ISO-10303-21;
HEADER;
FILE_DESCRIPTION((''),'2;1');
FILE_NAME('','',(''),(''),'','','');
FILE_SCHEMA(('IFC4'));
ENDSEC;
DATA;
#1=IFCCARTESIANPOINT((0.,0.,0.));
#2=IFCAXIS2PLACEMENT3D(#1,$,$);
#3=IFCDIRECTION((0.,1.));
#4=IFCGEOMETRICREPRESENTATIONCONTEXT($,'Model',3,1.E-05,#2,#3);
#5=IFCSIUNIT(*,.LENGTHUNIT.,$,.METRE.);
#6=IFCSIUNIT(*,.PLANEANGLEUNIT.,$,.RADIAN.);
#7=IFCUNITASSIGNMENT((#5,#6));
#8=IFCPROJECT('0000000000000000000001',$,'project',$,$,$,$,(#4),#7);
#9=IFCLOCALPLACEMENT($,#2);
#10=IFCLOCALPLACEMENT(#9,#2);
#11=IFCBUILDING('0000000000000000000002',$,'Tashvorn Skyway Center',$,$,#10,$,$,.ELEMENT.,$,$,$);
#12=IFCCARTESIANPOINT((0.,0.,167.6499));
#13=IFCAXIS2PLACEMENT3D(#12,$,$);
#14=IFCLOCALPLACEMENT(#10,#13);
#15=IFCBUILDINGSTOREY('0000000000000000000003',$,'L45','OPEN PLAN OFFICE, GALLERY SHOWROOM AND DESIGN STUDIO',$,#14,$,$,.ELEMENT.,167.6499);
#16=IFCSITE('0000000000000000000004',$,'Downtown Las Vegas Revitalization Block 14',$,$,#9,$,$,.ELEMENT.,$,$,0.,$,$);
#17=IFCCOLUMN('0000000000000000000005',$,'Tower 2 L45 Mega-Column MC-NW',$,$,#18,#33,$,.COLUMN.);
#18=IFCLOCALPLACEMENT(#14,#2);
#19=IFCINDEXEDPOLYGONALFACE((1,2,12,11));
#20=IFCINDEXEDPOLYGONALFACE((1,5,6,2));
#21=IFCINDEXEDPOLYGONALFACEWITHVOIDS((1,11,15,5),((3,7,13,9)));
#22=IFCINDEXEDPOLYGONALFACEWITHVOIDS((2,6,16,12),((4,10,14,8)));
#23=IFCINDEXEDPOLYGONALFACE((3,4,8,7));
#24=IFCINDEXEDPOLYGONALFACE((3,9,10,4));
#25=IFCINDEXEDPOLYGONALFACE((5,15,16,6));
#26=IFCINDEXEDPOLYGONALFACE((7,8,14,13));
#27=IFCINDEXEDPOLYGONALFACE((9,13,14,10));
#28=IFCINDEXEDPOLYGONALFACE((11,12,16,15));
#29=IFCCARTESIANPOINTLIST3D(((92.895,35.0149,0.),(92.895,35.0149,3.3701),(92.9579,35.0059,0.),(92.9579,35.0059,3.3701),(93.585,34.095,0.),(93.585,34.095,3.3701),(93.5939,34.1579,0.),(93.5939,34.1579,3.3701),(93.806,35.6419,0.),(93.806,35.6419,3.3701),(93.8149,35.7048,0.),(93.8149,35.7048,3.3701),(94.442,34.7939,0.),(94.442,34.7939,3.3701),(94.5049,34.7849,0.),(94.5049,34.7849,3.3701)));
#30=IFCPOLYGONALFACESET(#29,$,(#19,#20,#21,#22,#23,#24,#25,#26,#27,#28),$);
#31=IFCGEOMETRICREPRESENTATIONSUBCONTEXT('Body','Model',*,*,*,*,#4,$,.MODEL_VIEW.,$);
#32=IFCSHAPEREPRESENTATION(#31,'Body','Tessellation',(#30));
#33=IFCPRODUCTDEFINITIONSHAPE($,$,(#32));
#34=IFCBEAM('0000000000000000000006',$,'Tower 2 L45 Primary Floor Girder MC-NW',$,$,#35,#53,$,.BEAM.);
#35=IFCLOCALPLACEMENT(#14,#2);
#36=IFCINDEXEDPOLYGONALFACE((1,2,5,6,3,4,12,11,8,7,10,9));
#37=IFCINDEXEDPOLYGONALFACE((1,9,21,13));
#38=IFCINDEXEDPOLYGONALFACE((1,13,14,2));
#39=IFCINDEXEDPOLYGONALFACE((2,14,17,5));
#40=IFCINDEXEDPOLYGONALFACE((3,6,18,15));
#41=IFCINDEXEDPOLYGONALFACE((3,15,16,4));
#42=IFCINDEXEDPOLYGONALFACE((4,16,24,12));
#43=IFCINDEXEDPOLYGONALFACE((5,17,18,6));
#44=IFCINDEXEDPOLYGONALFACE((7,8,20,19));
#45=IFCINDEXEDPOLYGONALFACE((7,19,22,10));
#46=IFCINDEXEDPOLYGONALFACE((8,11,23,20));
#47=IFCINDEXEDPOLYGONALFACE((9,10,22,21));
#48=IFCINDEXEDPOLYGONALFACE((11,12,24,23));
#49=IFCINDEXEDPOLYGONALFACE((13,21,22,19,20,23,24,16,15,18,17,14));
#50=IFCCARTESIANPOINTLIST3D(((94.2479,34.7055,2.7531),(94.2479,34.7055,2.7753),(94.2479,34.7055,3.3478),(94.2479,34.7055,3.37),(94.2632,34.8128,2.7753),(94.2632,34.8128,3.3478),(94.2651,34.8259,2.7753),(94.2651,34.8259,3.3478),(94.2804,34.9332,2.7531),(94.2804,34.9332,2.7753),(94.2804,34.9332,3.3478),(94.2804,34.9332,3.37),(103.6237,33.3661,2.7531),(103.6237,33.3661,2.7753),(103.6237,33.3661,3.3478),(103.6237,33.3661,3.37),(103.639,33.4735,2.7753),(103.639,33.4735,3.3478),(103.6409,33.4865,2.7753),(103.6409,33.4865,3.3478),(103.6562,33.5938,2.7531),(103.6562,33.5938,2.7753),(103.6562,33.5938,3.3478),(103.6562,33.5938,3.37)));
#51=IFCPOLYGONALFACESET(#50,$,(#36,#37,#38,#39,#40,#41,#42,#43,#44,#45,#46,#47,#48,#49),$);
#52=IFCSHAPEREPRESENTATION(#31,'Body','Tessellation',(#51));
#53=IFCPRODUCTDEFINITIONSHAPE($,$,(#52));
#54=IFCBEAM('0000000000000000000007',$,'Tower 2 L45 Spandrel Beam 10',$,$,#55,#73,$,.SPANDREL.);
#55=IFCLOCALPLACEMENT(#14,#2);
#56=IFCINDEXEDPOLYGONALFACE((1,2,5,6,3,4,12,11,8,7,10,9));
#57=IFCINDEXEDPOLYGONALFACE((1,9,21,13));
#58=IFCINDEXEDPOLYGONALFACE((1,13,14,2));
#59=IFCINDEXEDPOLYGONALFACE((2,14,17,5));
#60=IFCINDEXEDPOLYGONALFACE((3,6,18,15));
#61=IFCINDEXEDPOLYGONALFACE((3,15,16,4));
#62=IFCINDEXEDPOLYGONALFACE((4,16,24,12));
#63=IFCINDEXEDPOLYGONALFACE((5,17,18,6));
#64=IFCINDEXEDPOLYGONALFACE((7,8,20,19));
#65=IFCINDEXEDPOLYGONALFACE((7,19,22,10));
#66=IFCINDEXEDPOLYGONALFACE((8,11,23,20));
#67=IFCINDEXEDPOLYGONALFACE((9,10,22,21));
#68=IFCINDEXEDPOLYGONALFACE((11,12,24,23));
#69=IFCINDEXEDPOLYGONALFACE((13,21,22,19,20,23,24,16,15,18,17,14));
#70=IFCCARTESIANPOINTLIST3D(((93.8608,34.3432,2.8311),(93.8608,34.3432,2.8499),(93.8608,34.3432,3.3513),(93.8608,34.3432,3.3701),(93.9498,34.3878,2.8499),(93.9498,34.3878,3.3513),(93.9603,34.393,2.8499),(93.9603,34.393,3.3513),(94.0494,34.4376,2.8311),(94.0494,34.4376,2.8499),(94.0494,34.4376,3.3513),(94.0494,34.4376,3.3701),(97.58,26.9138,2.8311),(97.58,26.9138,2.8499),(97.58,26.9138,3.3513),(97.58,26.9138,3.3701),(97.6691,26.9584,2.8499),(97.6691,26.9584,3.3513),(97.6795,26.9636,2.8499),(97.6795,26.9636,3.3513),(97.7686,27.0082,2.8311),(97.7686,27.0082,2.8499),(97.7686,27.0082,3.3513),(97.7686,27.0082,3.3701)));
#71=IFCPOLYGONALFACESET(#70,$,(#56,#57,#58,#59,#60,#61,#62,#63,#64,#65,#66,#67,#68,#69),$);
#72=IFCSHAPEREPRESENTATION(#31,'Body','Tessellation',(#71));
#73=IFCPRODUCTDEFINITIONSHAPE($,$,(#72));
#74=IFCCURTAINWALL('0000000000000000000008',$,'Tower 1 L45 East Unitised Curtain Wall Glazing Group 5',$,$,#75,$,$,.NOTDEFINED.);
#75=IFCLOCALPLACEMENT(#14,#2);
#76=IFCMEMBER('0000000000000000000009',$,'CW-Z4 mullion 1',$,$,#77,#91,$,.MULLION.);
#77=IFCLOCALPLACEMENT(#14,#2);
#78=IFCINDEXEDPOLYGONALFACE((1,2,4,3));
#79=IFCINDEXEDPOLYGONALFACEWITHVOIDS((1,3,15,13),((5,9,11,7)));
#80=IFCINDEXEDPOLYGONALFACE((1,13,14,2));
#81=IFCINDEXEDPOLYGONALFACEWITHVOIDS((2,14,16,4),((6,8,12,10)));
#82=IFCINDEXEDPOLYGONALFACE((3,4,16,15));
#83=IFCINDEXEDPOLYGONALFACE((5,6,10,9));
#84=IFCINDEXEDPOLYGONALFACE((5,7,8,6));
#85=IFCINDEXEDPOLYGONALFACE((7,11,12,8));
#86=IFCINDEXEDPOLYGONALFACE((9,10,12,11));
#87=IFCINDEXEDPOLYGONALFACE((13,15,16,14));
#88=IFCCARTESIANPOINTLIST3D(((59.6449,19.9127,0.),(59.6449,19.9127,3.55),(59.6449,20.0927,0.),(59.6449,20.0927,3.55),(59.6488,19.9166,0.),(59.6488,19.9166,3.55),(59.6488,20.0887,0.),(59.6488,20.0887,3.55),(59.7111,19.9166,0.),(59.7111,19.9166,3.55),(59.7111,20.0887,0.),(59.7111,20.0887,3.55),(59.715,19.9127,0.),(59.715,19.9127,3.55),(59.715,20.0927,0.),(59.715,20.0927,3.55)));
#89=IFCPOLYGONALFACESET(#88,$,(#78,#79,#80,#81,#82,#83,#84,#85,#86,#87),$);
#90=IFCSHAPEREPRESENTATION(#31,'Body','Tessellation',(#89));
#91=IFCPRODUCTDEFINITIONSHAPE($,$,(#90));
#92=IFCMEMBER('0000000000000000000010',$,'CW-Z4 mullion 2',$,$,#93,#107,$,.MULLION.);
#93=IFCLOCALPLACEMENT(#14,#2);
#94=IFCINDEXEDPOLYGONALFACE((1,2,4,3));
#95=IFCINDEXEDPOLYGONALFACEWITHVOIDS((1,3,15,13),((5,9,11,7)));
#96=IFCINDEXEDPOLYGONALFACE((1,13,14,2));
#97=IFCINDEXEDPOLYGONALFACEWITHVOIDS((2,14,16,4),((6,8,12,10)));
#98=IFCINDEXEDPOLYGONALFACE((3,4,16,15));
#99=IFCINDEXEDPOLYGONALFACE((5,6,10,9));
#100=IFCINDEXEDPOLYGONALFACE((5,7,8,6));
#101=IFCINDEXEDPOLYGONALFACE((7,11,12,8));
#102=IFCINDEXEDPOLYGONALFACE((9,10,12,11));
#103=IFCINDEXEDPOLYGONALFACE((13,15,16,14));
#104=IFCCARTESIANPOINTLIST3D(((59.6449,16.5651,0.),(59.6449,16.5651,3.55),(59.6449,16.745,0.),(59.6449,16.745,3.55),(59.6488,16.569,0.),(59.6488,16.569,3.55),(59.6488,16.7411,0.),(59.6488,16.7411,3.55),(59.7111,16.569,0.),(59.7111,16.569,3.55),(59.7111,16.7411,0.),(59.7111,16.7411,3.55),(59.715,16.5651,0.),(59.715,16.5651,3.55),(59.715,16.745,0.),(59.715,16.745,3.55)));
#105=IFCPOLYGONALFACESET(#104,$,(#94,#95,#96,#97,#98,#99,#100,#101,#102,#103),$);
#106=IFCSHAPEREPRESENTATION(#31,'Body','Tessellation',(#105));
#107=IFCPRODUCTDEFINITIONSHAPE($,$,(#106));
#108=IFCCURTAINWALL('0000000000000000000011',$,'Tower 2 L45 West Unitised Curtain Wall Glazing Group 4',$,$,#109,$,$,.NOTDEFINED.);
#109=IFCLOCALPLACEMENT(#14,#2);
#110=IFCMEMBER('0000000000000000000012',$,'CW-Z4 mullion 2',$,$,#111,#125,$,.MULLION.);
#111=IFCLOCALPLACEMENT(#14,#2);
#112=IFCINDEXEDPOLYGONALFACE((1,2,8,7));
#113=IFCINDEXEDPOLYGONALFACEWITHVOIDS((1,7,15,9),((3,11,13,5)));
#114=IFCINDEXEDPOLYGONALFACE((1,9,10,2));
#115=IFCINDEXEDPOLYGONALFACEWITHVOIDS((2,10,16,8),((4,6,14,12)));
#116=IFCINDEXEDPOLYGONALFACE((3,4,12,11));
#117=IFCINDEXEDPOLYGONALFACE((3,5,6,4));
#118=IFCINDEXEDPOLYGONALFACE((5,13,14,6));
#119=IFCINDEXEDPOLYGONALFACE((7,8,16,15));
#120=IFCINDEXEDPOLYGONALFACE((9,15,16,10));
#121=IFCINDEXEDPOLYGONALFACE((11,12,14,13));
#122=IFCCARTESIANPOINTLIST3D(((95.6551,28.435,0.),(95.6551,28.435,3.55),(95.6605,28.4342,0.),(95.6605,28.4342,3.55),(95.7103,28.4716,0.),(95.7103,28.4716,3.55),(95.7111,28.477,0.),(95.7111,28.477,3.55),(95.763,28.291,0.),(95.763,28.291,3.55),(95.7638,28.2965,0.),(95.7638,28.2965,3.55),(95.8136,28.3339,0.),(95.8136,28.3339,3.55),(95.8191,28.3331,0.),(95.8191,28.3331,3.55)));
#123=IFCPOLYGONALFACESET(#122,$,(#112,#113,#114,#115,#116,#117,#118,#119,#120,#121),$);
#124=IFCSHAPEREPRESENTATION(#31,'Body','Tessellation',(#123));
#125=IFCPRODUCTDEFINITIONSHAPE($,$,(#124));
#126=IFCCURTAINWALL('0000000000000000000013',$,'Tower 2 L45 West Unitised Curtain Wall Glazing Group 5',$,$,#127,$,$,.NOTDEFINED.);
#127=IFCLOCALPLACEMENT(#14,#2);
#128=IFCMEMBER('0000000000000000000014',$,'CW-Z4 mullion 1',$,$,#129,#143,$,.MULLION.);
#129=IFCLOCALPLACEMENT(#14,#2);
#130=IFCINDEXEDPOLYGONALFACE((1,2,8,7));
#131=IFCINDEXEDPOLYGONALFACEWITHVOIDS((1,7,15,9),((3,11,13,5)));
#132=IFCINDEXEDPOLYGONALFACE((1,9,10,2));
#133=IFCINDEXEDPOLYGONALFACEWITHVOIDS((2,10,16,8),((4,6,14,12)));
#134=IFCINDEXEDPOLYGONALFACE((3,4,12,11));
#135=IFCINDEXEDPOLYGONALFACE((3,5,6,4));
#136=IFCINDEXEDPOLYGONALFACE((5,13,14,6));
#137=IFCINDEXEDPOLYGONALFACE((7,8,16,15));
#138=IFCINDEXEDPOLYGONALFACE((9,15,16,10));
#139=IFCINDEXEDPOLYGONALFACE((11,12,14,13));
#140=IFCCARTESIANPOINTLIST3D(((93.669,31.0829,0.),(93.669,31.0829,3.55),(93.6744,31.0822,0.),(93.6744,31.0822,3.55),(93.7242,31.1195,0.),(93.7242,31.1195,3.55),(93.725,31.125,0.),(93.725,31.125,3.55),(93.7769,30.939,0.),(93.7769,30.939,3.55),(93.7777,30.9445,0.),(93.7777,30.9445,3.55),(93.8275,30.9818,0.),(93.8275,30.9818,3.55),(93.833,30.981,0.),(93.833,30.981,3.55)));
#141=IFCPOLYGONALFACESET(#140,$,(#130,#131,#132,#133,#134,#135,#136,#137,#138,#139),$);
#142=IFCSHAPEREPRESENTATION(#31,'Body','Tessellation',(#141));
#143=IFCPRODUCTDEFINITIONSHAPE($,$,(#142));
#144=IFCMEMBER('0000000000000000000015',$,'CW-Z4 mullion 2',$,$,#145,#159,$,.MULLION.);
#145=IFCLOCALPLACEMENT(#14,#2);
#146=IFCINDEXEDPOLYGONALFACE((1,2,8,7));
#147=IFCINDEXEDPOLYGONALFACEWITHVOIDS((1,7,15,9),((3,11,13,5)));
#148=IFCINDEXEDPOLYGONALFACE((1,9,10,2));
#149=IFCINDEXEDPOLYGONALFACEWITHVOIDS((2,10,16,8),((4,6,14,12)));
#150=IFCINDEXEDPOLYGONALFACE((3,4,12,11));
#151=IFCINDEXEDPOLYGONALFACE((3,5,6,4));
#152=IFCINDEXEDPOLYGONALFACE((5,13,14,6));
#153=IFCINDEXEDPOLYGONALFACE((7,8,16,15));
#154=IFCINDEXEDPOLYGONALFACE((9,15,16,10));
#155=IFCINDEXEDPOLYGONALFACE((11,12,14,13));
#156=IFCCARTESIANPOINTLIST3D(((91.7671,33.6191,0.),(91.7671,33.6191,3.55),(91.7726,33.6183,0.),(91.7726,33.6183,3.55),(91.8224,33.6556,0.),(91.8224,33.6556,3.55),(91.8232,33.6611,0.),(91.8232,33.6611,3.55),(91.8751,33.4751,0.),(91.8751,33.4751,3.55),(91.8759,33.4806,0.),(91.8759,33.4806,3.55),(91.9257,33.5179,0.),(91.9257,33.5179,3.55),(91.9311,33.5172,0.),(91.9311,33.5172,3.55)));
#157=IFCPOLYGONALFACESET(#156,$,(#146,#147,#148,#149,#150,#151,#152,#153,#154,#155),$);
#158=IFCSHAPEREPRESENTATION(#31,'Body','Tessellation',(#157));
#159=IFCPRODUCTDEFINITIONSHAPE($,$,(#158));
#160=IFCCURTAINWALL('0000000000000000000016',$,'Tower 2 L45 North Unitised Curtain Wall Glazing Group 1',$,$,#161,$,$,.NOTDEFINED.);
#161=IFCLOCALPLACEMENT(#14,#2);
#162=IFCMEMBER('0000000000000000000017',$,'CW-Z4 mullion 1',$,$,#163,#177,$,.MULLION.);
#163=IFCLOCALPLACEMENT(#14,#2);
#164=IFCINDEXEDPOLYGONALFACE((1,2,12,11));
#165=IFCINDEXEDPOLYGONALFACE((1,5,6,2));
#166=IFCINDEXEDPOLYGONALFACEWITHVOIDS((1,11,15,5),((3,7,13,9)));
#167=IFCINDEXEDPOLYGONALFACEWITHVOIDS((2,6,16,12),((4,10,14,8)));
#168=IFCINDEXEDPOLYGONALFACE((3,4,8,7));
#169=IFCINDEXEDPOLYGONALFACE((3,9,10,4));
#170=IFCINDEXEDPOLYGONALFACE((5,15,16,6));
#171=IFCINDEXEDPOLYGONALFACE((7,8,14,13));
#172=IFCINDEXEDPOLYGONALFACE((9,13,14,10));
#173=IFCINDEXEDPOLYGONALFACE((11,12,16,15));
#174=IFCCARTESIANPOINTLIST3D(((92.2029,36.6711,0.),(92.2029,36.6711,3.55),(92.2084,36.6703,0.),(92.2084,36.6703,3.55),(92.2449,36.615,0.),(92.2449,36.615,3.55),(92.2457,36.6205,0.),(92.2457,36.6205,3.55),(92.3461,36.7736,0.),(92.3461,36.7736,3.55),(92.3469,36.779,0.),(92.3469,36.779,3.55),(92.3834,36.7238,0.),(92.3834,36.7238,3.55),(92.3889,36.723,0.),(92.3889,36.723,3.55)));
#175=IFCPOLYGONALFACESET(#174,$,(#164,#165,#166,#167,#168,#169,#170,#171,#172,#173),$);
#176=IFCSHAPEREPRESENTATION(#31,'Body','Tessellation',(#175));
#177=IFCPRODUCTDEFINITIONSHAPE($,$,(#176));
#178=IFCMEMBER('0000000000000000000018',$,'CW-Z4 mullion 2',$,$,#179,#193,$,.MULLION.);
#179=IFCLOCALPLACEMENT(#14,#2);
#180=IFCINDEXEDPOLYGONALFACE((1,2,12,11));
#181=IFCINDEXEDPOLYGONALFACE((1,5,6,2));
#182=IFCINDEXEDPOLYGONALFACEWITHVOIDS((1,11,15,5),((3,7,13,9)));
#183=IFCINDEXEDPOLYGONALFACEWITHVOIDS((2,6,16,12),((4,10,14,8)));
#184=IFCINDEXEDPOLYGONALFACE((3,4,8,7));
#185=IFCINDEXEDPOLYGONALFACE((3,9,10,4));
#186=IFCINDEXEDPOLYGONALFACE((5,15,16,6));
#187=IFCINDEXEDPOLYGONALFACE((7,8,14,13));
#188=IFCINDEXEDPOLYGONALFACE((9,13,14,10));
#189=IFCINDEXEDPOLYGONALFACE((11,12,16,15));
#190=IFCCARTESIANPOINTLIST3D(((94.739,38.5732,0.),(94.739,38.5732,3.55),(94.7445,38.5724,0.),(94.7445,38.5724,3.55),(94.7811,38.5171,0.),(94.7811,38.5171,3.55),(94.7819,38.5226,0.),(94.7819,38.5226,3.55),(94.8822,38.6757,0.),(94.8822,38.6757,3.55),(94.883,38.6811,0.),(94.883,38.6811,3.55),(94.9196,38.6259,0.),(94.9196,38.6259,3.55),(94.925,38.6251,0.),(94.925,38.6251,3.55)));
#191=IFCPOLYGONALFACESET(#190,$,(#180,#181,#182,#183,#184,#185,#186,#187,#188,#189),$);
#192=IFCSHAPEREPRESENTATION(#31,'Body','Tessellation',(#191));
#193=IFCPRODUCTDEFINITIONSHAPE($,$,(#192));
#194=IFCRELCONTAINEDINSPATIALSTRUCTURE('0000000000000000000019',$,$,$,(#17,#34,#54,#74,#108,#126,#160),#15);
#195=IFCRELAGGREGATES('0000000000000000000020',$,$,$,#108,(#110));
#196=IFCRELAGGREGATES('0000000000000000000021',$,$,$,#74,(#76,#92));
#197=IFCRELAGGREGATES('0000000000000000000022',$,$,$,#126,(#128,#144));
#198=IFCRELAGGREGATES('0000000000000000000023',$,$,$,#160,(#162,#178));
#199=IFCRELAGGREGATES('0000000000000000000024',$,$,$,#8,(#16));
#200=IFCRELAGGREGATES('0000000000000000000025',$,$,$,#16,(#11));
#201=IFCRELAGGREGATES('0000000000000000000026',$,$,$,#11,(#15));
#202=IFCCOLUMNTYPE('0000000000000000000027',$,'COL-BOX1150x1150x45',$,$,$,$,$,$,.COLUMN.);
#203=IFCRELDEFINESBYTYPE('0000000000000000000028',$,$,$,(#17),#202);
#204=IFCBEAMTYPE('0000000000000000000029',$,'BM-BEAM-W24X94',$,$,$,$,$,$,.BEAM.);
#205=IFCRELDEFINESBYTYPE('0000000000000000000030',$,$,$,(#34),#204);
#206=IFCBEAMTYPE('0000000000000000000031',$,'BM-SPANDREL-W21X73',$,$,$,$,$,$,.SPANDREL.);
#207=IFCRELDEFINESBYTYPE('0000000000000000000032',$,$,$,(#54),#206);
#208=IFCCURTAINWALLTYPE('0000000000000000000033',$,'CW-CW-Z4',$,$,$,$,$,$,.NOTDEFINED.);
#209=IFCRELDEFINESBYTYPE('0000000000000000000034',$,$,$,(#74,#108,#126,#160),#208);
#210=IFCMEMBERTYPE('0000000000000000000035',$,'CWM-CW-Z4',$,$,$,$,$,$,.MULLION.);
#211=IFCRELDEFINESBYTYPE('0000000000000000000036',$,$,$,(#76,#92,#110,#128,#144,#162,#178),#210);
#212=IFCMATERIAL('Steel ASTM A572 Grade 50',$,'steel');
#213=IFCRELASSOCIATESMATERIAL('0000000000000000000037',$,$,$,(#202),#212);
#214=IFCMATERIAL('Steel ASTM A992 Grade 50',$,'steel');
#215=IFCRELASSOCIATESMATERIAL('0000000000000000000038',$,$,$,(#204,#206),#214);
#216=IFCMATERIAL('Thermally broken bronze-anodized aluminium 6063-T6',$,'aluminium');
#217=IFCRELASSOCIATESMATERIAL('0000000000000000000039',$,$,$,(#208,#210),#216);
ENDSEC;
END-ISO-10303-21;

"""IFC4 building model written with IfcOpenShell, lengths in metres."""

from ifc_helpers import new_model, si_unit, direction, frame, origin, origin_2d, place, context, subcontext, project, spatial, hollow_rectangle, i_section, extrude, material, material_profile, profile_set, type_object, element, aggregate, save


model = new_model("IFC4")

# Units and contexts
model_context = context("Model", 3, precision=1e-05, world=origin(), true_north=direction((0.0, 1.0)))
body_context = subcontext(model_context, "Body", "Model", "MODEL_VIEW")
ifc_project = project(units=[si_unit("LENGTHUNIT", "METRE"), si_unit("PLANEANGLEUNIT", "RADIAN")], contexts=[model_context])

# Site, building, storey
site_placement = place(None, origin())
site = spatial("IfcSite", under=ifc_project, at=site_placement, Name="Downtown Las Vegas Revitalization Block 14", CompositionType="ELEMENT", RefElevation=0.0)
building_placement = place(site_placement, origin())
building = spatial("IfcBuilding", under=site, at=building_placement, Name="Tashvorn Skyway Center", CompositionType="ELEMENT")
storey_placement = place(building_placement, frame((0.0, 0.0, 167.6499)))
storey = spatial("IfcBuildingStorey", under=building, at=storey_placement, Name="L45", Description="OPEN PLAN OFFICE, GALLERY SHOWROOM AND DESIGN STUDIO", CompositionType="ELEMENT", Elevation=167.6499)

# Column
ifc_material_1 = material(Name="Steel ASTM A572 Grade 50", Category="steel")
ifc_material_profile_1 = material_profile(ifc_material_1, hollow_rectangle(XDim=1.1499, YDim=1.1499, WallThickness=0.0449, at=origin_2d()), Name="BOX1150x1150x45")
ifc_profile_set_1 = profile_set([ifc_material_profile_1], Name="Steel ASTM A572 Grade 50")
column_type = type_object("IfcColumnType", Name="COL-BOX1150x1150x45", PredefinedType="COLUMN", material=ifc_profile_set_1)
column_placement = place(storey_placement, frame((93.7, 34.8999, 0.0), z_axis=(0.0, 0.0, 1.0), x_axis=(0.8, 0.6, 0.0)))
element("IfcColumn", 1, at=column_placement, inside=storey, type_object=column_type, Name="Tower 2 L45 Mega-Column MC-NW", PredefinedType="COLUMN", context=body_context, shape_type="SweptSolid", body=[
    extrude(hollow_rectangle(XDim=1.1499, YDim=1.1499, WallThickness=0.0449, at=origin_2d()), origin(), (0.0, 0.0, 1.0), 3.3701),
])

# Beams
ifc_material_2 = material(Name="Steel ASTM A992 Grade 50", Category="steel")
ifc_material_profile_2 = material_profile(ifc_material_2, i_section(OverallWidth=0.23, OverallDepth=0.6169, WebThickness=0.0132, FlangeThickness=0.0222, at=origin_2d()), Name="W24X94")
ifc_profile_set_2 = profile_set([ifc_material_profile_2], Name="Steel ASTM A992 Grade 50")
beam_type_1 = type_object("IfcBeamType", Name="BM-BEAM-W24X94", PredefinedType="BEAM", material=ifc_profile_set_2)
beam_1_placement = place(storey_placement, frame((94.2642, 34.8193, 3.0615), z_axis=(0.98995, -0.141418, 0.0), x_axis=(0.141418, 0.98995, 0.0)))
element("IfcBeam", 2, at=beam_1_placement, inside=storey, type_object=beam_type_1, Name="Tower 2 L45 Primary Floor Girder MC-NW", PredefinedType="BEAM", context=body_context, shape_type="SweptSolid", body=[
    extrude(i_section(OverallWidth=0.23, OverallDepth=0.6169, WebThickness=0.0132, FlangeThickness=0.0222, at=origin_2d()), origin(), (0.0, 0.0, 1.0), 9.4709),
])
ifc_material_profile_3 = material_profile(ifc_material_2, i_section(OverallWidth=0.2109, OverallDepth=0.5391, WebThickness=0.0117, FlangeThickness=0.0188, at=origin_2d()), Name="W21X73")
ifc_profile_set_3 = profile_set([ifc_material_profile_3], Name="Steel ASTM A992 Grade 50")
beam_type_2 = type_object("IfcBeamType", Name="BM-SPANDREL-W21X73", PredefinedType="SPANDREL", material=ifc_profile_set_3)
beam_2_placement = place(storey_placement, frame((93.9551, 34.3904, 3.1006), z_axis=(0.447648, -0.89421, 0.0), x_axis=(0.89421, 0.447648, 0.0)))
element("IfcBeam", 3, at=beam_2_placement, inside=storey, type_object=beam_type_2, Name="Tower 2 L45 Spandrel Beam 10", PredefinedType="SPANDREL", context=body_context, shape_type="SweptSolid", body=[
    extrude(i_section(OverallWidth=0.2109, OverallDepth=0.5391, WebThickness=0.0117, FlangeThickness=0.0188, at=origin_2d()), origin(), (0.0, 0.0, 1.0), 8.3083),
])

# Curtain wall, members
ifc_material_3 = material(Name="Thermally broken bronze-anodized aluminium 6063-T6", Category="aluminium")
curtain_wall_type = type_object("IfcCurtainWallType", Name="CW-CW-Z4", PredefinedType="NOTDEFINED", material=ifc_material_3)
curtain_wall_1_placement = place(storey_placement, origin())
curtain_wall_1 = element("IfcCurtainWall", 4, at=curtain_wall_1_placement, inside=storey, type_object=curtain_wall_type, Name="Tower 1 L45 East Unitised Curtain Wall Glazing Group 5", PredefinedType="NOTDEFINED")
ifc_material_profile_4 = material_profile(ifc_material_3, hollow_rectangle(XDim=0.0701, YDim=0.1799, WallThickness=0.0039, at=origin_2d()), Name="ALU-MULL-70x180")
ifc_profile_set_4 = profile_set([ifc_material_profile_4], Name="Thermally broken bronze-anodized aluminium 6063-T6")
member_type_1 = type_object("IfcMemberType", Name="CWM-CW-Z4", PredefinedType="MULLION", material=ifc_profile_set_4)
member_1_placement = place(storey_placement, frame((59.6799, 20.0027, 0.0), z_axis=(0.0, 0.0, 1.0), x_axis=(1.0, 0.0, 0.0)))
member_1 = element("IfcMember", 5, at=member_1_placement, type_object=member_type_1, Name="CW-Z4 mullion 1", PredefinedType="MULLION", context=body_context, shape_type="SweptSolid", body=[
    extrude(hollow_rectangle(XDim=0.0701, YDim=0.1799, WallThickness=0.0039, at=origin_2d()), origin(), (0.0, 0.0, 1.0), 3.55),
])
member_2_placement = place(storey_placement, frame((59.6799, 16.655, 0.0), z_axis=(0.0, 0.0, 1.0), x_axis=(1.0, 0.0, 0.0)))
member_2 = element("IfcMember", 6, at=member_2_placement, type_object=member_type_1, Name="CW-Z4 mullion 2", PredefinedType="MULLION", context=body_context, shape_type="SweptSolid", body=[
    extrude(hollow_rectangle(XDim=0.0701, YDim=0.1799, WallThickness=0.0039, at=origin_2d()), origin(), (0.0, 0.0, 1.0), 3.55),
])

# Curtain wall, member
curtain_wall_2_placement = place(storey_placement, origin())
curtain_wall_2 = element("IfcCurtainWall", 7, at=curtain_wall_2_placement, inside=storey, type_object=curtain_wall_type, Name="Tower 2 L45 West Unitised Curtain Wall Glazing Group 4", PredefinedType="NOTDEFINED")
member_3_placement = place(storey_placement, frame((95.7371, 28.384, 0.0), z_axis=(0.0, 0.0, 1.0), x_axis=(-0.8, -0.6, 0.0)))
member_3 = element("IfcMember", 8, at=member_3_placement, type_object=member_type_1, Name="CW-Z4 mullion 2", PredefinedType="MULLION", context=body_context, shape_type="SweptSolid", body=[
    extrude(hollow_rectangle(XDim=0.0701, YDim=0.1799, WallThickness=0.0039, at=origin_2d()), origin(), (0.0, 0.0, 1.0), 3.55),
])
aggregate(curtain_wall_2, [member_3])

# Curtain walls, members
curtain_wall_3_placement = place(storey_placement, origin())
curtain_wall_3 = element("IfcCurtainWall", 9, at=curtain_wall_3_placement, inside=storey, type_object=curtain_wall_type, Name="Tower 2 L45 West Unitised Curtain Wall Glazing Group 5", PredefinedType="NOTDEFINED")
member_4_placement = place(storey_placement, frame((93.751, 31.032, 0.0), z_axis=(0.0, 0.0, 1.0), x_axis=(-0.8, -0.6, 0.0)))
member_4 = element("IfcMember", 10, at=member_4_placement, type_object=member_type_1, Name="CW-Z4 mullion 1", PredefinedType="MULLION", context=body_context, shape_type="SweptSolid", body=[
    extrude(hollow_rectangle(XDim=0.0701, YDim=0.1799, WallThickness=0.0039, at=origin_2d()), origin(), (0.0, 0.0, 1.0), 3.55),
])
member_5_placement = place(storey_placement, frame((91.8491, 33.5681, 0.0), z_axis=(0.0, 0.0, 1.0), x_axis=(-0.8, -0.6, 0.0)))
member_5 = element("IfcMember", 11, at=member_5_placement, type_object=member_type_1, Name="CW-Z4 mullion 2", PredefinedType="MULLION", context=body_context, shape_type="SweptSolid", body=[
    extrude(hollow_rectangle(XDim=0.0701, YDim=0.1799, WallThickness=0.0039, at=origin_2d()), origin(), (0.0, 0.0, 1.0), 3.55),
])
curtain_wall_4_placement = place(storey_placement, origin())
curtain_wall_4 = element("IfcCurtainWall", 12, at=curtain_wall_4_placement, inside=storey, type_object=curtain_wall_type, Name="Tower 2 L45 North Unitised Curtain Wall Glazing Group 1", PredefinedType="NOTDEFINED")
member_6_placement = place(storey_placement, frame((92.2959, 36.697, 0.0), z_axis=(0.0, 0.0, 1.0), x_axis=(-0.6, 0.8, 0.0)))
member_6 = element("IfcMember", 13, at=member_6_placement, type_object=member_type_1, Name="CW-Z4 mullion 1", PredefinedType="MULLION", context=body_context, shape_type="SweptSolid", body=[
    extrude(hollow_rectangle(XDim=0.0701, YDim=0.1799, WallThickness=0.0039, at=origin_2d()), origin(), (0.0, 0.0, 1.0), 3.55),
])
member_7_placement = place(storey_placement, frame((94.832, 38.5991, 0.0), z_axis=(0.0, 0.0, 1.0), x_axis=(-0.6, 0.8, 0.0)))
member_7 = element("IfcMember", 14, at=member_7_placement, type_object=member_type_1, Name="CW-Z4 mullion 2", PredefinedType="MULLION", context=body_context, shape_type="SweptSolid", body=[
    extrude(hollow_rectangle(XDim=0.0701, YDim=0.1799, WallThickness=0.0039, at=origin_2d()), origin(), (0.0, 0.0, 1.0), 3.55),
])

aggregate(curtain_wall_1, [member_1, member_2])
aggregate(curtain_wall_3, [member_4, member_5])
aggregate(curtain_wall_4, [member_6, member_7])

save(model, "model.ifc")
